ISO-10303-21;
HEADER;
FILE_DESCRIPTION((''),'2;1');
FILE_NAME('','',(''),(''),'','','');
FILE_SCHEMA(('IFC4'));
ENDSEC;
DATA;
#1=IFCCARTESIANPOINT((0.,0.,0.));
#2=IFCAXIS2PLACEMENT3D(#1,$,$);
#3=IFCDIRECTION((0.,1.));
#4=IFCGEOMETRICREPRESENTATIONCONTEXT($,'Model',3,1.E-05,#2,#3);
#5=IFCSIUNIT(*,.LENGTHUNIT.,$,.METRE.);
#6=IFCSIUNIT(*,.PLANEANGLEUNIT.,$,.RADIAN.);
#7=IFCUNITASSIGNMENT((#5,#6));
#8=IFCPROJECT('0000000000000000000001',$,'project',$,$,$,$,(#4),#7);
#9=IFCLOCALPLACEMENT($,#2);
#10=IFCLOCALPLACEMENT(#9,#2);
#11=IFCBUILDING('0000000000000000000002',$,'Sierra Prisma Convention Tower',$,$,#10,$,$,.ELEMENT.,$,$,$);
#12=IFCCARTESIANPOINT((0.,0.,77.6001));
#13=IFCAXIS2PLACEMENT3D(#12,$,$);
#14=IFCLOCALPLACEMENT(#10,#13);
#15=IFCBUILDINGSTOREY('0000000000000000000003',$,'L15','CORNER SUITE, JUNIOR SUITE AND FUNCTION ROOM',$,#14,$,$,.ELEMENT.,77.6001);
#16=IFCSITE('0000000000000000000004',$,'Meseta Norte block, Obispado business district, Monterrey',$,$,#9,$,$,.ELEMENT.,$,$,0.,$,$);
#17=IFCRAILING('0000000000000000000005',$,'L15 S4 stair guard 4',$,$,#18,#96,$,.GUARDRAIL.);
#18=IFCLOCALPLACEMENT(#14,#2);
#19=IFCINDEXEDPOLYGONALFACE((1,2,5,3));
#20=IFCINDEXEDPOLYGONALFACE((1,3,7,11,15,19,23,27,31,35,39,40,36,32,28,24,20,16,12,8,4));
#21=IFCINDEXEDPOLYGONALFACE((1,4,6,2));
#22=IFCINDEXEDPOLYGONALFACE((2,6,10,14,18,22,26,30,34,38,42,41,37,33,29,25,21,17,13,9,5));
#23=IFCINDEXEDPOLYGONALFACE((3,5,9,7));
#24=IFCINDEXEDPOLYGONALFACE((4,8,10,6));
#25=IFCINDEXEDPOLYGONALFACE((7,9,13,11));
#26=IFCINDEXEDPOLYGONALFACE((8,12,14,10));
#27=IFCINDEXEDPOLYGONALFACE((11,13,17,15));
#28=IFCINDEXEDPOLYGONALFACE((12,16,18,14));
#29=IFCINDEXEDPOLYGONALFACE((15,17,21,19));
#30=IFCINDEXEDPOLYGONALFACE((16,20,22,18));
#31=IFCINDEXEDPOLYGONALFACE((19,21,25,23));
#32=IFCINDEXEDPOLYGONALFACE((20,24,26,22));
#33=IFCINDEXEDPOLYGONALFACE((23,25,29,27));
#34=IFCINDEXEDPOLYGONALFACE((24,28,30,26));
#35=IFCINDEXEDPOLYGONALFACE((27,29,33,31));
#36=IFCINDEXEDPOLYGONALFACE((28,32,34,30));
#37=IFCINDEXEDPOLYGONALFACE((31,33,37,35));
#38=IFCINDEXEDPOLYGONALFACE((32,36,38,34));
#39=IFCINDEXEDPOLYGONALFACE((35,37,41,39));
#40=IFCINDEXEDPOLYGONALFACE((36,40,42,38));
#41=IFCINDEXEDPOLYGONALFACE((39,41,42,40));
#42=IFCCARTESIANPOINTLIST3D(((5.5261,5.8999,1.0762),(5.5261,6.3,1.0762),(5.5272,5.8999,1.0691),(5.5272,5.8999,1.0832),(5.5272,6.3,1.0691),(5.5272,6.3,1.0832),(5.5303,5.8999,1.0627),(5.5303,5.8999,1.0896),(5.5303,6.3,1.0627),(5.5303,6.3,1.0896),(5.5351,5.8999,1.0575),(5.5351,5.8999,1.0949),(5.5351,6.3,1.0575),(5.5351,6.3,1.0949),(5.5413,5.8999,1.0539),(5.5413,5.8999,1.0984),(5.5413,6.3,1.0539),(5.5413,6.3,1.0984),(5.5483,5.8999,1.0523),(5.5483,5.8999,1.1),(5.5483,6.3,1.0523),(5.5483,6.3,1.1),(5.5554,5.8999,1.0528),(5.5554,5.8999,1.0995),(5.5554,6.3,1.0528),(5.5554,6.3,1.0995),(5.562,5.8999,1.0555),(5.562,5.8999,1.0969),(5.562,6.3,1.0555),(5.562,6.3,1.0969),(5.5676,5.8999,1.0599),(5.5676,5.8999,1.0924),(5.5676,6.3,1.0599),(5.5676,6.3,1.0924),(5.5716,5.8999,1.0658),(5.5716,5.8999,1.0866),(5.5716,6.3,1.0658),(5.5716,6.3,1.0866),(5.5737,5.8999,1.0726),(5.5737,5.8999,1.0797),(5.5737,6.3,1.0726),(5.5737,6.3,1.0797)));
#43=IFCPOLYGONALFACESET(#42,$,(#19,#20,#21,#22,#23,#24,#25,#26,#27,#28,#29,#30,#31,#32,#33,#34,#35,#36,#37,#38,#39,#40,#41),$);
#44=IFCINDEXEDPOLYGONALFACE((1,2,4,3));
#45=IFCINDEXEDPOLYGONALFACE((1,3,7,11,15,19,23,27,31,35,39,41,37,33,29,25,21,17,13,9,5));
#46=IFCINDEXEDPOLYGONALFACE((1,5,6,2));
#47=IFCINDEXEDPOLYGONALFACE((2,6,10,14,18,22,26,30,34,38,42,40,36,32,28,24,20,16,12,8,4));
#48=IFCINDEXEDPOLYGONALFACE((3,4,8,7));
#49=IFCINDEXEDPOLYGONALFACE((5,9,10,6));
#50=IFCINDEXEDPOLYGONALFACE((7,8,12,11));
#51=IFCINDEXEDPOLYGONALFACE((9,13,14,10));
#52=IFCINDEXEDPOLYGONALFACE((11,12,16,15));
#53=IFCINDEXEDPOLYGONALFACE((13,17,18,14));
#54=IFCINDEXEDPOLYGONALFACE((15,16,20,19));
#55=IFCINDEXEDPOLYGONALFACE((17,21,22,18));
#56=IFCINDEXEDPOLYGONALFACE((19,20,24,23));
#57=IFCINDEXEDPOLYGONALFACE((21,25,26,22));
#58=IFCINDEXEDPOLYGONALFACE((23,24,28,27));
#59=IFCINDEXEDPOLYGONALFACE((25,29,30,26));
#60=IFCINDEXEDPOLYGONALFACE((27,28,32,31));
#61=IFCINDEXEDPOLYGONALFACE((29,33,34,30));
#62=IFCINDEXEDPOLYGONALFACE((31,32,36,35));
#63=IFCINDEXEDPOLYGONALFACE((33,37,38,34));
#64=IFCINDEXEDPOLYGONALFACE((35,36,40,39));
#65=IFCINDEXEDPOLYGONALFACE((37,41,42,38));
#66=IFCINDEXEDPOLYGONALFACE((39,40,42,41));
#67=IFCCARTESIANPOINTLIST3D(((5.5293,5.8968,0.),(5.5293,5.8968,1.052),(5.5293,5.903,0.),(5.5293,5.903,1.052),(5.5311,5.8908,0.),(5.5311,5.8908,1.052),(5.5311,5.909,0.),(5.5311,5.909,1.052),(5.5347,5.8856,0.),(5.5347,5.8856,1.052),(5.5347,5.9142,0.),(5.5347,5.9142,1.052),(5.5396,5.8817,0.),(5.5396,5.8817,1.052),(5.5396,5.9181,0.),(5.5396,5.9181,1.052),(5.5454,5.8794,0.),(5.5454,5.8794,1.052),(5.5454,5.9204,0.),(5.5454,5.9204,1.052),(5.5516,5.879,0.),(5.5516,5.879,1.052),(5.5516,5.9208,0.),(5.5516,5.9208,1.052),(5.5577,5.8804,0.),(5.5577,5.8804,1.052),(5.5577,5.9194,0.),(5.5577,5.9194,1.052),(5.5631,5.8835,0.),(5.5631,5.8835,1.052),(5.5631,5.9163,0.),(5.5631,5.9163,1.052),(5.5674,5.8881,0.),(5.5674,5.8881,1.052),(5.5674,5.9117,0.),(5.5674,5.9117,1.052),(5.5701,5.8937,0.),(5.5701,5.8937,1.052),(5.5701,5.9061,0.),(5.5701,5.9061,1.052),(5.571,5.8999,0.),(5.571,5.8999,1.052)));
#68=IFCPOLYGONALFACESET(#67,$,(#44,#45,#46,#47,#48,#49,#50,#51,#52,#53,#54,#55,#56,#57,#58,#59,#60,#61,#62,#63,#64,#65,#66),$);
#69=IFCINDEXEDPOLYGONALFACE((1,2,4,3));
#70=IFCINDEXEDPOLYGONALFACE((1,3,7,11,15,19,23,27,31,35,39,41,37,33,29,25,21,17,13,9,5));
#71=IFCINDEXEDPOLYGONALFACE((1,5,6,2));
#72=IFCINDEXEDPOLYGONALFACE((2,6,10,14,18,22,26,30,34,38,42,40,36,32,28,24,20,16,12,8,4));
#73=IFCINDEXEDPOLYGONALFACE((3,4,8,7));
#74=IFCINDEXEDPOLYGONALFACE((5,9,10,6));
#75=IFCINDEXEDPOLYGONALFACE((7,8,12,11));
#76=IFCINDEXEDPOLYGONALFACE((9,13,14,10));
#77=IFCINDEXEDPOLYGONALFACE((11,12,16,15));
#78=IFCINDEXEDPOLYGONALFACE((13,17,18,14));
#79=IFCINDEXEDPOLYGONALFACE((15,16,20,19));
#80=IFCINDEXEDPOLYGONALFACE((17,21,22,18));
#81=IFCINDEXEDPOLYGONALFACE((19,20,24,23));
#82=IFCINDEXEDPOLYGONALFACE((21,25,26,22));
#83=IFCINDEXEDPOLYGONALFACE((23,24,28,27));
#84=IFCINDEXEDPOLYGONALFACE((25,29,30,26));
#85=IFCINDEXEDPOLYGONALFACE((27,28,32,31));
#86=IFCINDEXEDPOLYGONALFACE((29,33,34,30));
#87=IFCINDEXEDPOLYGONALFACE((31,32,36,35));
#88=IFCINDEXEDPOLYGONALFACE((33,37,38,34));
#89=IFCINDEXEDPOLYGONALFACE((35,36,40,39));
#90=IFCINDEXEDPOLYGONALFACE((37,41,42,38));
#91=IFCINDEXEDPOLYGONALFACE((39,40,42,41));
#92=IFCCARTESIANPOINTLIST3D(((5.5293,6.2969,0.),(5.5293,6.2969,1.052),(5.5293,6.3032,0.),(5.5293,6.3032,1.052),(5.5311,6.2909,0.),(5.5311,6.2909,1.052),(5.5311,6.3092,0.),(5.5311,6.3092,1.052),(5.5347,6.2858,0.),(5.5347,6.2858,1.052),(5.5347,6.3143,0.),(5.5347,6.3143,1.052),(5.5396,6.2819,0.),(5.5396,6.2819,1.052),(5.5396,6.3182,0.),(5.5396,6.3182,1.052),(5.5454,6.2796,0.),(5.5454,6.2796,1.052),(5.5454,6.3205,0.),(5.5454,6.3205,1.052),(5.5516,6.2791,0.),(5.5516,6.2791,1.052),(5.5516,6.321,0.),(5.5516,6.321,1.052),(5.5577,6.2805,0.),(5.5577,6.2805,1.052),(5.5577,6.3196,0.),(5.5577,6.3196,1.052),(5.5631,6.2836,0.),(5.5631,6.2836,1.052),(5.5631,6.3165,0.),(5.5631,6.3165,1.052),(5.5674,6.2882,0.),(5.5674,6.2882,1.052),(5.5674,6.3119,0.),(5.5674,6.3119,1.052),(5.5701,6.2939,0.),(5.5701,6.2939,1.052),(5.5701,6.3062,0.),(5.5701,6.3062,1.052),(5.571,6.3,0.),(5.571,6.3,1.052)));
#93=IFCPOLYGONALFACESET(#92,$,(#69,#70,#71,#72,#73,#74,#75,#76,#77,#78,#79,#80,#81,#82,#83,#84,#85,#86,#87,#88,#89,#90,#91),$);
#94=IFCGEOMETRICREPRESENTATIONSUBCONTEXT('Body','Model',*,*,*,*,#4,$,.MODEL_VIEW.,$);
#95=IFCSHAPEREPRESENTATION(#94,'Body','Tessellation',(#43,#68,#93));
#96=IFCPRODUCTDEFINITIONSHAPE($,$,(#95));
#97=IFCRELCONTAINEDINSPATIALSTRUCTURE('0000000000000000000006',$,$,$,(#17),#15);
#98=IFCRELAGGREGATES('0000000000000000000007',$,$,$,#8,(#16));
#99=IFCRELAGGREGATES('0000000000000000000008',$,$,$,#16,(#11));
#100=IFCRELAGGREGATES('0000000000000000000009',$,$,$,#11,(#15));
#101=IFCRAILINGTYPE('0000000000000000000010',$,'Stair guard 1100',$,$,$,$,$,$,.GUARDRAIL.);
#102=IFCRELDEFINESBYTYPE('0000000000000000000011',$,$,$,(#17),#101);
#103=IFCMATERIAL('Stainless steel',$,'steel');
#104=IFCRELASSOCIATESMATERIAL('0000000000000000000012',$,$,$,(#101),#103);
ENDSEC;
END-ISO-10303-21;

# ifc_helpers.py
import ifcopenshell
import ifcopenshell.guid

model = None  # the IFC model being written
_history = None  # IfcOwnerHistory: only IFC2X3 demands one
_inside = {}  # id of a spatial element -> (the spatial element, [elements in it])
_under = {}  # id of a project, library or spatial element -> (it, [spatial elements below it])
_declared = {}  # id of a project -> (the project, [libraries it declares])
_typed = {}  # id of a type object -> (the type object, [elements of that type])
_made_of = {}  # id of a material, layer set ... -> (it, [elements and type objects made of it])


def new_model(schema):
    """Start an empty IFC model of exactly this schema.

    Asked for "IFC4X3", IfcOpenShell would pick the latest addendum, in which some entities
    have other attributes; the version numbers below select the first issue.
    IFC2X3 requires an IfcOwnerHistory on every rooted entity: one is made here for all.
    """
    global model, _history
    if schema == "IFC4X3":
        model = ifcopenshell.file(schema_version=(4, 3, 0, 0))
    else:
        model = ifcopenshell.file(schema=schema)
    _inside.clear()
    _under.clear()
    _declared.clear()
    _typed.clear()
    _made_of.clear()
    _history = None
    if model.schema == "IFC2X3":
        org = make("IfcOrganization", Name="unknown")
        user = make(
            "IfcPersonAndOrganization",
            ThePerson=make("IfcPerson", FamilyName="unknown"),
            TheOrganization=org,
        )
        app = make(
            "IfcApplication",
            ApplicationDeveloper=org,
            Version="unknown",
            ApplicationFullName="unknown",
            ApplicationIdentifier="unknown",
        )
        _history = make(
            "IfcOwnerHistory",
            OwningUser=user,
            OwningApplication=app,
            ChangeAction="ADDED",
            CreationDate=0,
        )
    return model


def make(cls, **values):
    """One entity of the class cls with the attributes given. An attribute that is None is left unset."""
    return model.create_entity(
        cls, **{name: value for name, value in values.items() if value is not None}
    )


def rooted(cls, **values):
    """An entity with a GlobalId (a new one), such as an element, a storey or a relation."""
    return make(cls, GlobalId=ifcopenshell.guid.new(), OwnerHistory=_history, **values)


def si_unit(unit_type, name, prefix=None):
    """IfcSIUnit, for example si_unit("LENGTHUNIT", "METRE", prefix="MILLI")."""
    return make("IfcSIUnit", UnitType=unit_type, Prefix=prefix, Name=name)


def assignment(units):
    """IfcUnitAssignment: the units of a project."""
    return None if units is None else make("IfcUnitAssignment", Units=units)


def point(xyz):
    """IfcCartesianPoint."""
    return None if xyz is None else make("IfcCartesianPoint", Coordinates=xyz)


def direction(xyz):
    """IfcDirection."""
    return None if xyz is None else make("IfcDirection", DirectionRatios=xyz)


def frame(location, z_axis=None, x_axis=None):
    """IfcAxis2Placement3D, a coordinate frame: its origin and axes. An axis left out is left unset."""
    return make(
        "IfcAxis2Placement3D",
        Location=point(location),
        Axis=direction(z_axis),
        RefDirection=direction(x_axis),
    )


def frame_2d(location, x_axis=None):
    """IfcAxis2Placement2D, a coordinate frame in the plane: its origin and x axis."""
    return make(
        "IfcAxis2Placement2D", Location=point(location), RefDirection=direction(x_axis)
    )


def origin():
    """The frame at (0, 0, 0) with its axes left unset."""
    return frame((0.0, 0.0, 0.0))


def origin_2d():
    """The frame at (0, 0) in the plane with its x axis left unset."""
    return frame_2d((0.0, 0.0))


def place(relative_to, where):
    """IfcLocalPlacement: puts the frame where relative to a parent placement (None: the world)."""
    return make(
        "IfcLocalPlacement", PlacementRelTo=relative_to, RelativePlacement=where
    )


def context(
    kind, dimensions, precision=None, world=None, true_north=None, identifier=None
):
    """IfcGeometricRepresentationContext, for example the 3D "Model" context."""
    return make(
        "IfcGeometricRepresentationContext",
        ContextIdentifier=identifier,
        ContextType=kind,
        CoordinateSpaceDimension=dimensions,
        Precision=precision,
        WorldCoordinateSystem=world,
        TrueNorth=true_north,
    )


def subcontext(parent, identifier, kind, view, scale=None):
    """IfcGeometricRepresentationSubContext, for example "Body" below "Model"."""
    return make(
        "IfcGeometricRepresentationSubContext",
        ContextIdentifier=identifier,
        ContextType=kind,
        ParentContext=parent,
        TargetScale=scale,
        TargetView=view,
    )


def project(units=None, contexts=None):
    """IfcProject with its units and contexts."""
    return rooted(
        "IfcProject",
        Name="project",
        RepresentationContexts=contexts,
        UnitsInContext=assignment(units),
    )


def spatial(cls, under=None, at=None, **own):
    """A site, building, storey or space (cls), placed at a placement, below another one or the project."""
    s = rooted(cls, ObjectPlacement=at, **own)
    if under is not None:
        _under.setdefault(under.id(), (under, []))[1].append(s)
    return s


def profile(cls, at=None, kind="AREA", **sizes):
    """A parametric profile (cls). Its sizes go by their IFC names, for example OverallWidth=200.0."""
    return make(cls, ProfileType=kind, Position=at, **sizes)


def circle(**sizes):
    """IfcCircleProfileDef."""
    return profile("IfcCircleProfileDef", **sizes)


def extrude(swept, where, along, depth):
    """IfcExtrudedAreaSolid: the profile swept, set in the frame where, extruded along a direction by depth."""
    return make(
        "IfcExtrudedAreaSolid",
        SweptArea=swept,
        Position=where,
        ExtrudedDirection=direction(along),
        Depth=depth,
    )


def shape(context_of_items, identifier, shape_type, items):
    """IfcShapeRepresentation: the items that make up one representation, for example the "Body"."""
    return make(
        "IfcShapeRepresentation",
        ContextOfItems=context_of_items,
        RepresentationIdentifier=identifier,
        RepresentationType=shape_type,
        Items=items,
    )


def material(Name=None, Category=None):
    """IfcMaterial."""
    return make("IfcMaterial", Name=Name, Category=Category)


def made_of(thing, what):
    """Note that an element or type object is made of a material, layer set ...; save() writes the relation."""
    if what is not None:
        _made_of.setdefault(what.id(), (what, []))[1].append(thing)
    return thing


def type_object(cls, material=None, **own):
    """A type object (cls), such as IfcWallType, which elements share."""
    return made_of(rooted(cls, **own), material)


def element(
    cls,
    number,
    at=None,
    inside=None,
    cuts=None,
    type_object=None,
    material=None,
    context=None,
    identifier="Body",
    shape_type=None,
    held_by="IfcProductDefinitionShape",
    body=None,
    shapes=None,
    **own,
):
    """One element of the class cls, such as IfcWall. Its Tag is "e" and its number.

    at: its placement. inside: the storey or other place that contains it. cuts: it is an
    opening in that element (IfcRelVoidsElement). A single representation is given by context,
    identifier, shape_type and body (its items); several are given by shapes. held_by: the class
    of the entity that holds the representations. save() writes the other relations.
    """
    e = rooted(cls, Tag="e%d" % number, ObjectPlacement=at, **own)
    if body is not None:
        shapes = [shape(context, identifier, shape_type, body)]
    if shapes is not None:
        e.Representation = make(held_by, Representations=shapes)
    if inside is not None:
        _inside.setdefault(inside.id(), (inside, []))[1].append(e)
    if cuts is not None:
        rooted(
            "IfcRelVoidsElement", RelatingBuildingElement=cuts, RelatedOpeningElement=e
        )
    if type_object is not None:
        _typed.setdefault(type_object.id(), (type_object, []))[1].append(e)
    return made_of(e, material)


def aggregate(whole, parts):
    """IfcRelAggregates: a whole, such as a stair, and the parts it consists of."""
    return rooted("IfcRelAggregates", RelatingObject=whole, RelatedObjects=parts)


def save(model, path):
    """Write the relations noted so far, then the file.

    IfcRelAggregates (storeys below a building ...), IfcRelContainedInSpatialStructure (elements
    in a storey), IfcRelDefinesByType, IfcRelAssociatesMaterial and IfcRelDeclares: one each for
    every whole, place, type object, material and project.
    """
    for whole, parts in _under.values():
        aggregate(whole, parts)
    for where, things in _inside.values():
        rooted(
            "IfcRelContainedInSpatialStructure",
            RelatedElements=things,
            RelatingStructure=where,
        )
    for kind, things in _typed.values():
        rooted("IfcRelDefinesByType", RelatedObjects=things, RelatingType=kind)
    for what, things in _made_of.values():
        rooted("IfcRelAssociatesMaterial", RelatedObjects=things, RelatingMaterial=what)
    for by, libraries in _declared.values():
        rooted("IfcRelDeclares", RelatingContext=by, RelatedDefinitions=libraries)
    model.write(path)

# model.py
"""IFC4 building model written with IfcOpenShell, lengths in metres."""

from ifc_helpers import new_model, si_unit, direction, frame, origin, origin_2d, place, context, subcontext, project, spatial, circle, extrude, material, type_object, element, save


model = new_model("IFC4")

# Units and contexts
model_context = context("Model", 3, precision=1e-05, world=origin(), true_north=direction((0.0, 1.0)))
body_context = subcontext(model_context, "Body", "Model", "MODEL_VIEW")
ifc_project = project(units=[si_unit("LENGTHUNIT", "METRE"), si_unit("PLANEANGLEUNIT", "RADIAN")], contexts=[model_context])

# Site, building, storey
site_placement = place(None, origin())
site = spatial("IfcSite", under=ifc_project, at=site_placement, Name="Meseta Norte block, Obispado business district, Monterrey", CompositionType="ELEMENT", RefElevation=0.0)
building_placement = place(site_placement, origin())
building = spatial("IfcBuilding", under=site, at=building_placement, Name="Sierra Prisma Convention Tower", CompositionType="ELEMENT")
storey_placement = place(building_placement, frame((0.0, 0.0, 77.6001)))
storey = spatial("IfcBuildingStorey", under=building, at=storey_placement, Name="L15", Description="CORNER SUITE, JUNIOR SUITE AND FUNCTION ROOM", CompositionType="ELEMENT", Elevation=77.6001)

# Railing
ifc_material_1 = material(Name="Stainless steel", Category="steel")
railing_type_1 = type_object("IfcRailingType", Name="Stair guard 1100", PredefinedType="GUARDRAIL", material=ifc_material_1)
railing_1_placement = place(storey_placement, frame((5.55, 5.8999, 0.0)))
element("IfcRailing", 1, at=railing_1_placement, inside=storey, type_object=railing_type_1, Name="L15 S4 stair guard 4", PredefinedType="GUARDRAIL", context=body_context, shape_type="SweptSolid", body=[
    extrude(circle(Radius=0.0239, at=origin_2d()), frame((0.0, 0.0, 1.0762), z_axis=(0.0, 1.0, 0.0), x_axis=(-1.0, 0.0, 0.0)), (0.0, 0.0, 1.0), 0.4001),
    extrude(circle(Radius=0.021, at=origin_2d()), origin(), (0.0, 0.0, 1.0), 1.052),
    extrude(circle(Radius=0.021, at=origin_2d()), frame((0.0, 0.4001, 0.0)), (0.0, 0.0, 1.0), 1.052),
])

save(model, "model.ifc")
